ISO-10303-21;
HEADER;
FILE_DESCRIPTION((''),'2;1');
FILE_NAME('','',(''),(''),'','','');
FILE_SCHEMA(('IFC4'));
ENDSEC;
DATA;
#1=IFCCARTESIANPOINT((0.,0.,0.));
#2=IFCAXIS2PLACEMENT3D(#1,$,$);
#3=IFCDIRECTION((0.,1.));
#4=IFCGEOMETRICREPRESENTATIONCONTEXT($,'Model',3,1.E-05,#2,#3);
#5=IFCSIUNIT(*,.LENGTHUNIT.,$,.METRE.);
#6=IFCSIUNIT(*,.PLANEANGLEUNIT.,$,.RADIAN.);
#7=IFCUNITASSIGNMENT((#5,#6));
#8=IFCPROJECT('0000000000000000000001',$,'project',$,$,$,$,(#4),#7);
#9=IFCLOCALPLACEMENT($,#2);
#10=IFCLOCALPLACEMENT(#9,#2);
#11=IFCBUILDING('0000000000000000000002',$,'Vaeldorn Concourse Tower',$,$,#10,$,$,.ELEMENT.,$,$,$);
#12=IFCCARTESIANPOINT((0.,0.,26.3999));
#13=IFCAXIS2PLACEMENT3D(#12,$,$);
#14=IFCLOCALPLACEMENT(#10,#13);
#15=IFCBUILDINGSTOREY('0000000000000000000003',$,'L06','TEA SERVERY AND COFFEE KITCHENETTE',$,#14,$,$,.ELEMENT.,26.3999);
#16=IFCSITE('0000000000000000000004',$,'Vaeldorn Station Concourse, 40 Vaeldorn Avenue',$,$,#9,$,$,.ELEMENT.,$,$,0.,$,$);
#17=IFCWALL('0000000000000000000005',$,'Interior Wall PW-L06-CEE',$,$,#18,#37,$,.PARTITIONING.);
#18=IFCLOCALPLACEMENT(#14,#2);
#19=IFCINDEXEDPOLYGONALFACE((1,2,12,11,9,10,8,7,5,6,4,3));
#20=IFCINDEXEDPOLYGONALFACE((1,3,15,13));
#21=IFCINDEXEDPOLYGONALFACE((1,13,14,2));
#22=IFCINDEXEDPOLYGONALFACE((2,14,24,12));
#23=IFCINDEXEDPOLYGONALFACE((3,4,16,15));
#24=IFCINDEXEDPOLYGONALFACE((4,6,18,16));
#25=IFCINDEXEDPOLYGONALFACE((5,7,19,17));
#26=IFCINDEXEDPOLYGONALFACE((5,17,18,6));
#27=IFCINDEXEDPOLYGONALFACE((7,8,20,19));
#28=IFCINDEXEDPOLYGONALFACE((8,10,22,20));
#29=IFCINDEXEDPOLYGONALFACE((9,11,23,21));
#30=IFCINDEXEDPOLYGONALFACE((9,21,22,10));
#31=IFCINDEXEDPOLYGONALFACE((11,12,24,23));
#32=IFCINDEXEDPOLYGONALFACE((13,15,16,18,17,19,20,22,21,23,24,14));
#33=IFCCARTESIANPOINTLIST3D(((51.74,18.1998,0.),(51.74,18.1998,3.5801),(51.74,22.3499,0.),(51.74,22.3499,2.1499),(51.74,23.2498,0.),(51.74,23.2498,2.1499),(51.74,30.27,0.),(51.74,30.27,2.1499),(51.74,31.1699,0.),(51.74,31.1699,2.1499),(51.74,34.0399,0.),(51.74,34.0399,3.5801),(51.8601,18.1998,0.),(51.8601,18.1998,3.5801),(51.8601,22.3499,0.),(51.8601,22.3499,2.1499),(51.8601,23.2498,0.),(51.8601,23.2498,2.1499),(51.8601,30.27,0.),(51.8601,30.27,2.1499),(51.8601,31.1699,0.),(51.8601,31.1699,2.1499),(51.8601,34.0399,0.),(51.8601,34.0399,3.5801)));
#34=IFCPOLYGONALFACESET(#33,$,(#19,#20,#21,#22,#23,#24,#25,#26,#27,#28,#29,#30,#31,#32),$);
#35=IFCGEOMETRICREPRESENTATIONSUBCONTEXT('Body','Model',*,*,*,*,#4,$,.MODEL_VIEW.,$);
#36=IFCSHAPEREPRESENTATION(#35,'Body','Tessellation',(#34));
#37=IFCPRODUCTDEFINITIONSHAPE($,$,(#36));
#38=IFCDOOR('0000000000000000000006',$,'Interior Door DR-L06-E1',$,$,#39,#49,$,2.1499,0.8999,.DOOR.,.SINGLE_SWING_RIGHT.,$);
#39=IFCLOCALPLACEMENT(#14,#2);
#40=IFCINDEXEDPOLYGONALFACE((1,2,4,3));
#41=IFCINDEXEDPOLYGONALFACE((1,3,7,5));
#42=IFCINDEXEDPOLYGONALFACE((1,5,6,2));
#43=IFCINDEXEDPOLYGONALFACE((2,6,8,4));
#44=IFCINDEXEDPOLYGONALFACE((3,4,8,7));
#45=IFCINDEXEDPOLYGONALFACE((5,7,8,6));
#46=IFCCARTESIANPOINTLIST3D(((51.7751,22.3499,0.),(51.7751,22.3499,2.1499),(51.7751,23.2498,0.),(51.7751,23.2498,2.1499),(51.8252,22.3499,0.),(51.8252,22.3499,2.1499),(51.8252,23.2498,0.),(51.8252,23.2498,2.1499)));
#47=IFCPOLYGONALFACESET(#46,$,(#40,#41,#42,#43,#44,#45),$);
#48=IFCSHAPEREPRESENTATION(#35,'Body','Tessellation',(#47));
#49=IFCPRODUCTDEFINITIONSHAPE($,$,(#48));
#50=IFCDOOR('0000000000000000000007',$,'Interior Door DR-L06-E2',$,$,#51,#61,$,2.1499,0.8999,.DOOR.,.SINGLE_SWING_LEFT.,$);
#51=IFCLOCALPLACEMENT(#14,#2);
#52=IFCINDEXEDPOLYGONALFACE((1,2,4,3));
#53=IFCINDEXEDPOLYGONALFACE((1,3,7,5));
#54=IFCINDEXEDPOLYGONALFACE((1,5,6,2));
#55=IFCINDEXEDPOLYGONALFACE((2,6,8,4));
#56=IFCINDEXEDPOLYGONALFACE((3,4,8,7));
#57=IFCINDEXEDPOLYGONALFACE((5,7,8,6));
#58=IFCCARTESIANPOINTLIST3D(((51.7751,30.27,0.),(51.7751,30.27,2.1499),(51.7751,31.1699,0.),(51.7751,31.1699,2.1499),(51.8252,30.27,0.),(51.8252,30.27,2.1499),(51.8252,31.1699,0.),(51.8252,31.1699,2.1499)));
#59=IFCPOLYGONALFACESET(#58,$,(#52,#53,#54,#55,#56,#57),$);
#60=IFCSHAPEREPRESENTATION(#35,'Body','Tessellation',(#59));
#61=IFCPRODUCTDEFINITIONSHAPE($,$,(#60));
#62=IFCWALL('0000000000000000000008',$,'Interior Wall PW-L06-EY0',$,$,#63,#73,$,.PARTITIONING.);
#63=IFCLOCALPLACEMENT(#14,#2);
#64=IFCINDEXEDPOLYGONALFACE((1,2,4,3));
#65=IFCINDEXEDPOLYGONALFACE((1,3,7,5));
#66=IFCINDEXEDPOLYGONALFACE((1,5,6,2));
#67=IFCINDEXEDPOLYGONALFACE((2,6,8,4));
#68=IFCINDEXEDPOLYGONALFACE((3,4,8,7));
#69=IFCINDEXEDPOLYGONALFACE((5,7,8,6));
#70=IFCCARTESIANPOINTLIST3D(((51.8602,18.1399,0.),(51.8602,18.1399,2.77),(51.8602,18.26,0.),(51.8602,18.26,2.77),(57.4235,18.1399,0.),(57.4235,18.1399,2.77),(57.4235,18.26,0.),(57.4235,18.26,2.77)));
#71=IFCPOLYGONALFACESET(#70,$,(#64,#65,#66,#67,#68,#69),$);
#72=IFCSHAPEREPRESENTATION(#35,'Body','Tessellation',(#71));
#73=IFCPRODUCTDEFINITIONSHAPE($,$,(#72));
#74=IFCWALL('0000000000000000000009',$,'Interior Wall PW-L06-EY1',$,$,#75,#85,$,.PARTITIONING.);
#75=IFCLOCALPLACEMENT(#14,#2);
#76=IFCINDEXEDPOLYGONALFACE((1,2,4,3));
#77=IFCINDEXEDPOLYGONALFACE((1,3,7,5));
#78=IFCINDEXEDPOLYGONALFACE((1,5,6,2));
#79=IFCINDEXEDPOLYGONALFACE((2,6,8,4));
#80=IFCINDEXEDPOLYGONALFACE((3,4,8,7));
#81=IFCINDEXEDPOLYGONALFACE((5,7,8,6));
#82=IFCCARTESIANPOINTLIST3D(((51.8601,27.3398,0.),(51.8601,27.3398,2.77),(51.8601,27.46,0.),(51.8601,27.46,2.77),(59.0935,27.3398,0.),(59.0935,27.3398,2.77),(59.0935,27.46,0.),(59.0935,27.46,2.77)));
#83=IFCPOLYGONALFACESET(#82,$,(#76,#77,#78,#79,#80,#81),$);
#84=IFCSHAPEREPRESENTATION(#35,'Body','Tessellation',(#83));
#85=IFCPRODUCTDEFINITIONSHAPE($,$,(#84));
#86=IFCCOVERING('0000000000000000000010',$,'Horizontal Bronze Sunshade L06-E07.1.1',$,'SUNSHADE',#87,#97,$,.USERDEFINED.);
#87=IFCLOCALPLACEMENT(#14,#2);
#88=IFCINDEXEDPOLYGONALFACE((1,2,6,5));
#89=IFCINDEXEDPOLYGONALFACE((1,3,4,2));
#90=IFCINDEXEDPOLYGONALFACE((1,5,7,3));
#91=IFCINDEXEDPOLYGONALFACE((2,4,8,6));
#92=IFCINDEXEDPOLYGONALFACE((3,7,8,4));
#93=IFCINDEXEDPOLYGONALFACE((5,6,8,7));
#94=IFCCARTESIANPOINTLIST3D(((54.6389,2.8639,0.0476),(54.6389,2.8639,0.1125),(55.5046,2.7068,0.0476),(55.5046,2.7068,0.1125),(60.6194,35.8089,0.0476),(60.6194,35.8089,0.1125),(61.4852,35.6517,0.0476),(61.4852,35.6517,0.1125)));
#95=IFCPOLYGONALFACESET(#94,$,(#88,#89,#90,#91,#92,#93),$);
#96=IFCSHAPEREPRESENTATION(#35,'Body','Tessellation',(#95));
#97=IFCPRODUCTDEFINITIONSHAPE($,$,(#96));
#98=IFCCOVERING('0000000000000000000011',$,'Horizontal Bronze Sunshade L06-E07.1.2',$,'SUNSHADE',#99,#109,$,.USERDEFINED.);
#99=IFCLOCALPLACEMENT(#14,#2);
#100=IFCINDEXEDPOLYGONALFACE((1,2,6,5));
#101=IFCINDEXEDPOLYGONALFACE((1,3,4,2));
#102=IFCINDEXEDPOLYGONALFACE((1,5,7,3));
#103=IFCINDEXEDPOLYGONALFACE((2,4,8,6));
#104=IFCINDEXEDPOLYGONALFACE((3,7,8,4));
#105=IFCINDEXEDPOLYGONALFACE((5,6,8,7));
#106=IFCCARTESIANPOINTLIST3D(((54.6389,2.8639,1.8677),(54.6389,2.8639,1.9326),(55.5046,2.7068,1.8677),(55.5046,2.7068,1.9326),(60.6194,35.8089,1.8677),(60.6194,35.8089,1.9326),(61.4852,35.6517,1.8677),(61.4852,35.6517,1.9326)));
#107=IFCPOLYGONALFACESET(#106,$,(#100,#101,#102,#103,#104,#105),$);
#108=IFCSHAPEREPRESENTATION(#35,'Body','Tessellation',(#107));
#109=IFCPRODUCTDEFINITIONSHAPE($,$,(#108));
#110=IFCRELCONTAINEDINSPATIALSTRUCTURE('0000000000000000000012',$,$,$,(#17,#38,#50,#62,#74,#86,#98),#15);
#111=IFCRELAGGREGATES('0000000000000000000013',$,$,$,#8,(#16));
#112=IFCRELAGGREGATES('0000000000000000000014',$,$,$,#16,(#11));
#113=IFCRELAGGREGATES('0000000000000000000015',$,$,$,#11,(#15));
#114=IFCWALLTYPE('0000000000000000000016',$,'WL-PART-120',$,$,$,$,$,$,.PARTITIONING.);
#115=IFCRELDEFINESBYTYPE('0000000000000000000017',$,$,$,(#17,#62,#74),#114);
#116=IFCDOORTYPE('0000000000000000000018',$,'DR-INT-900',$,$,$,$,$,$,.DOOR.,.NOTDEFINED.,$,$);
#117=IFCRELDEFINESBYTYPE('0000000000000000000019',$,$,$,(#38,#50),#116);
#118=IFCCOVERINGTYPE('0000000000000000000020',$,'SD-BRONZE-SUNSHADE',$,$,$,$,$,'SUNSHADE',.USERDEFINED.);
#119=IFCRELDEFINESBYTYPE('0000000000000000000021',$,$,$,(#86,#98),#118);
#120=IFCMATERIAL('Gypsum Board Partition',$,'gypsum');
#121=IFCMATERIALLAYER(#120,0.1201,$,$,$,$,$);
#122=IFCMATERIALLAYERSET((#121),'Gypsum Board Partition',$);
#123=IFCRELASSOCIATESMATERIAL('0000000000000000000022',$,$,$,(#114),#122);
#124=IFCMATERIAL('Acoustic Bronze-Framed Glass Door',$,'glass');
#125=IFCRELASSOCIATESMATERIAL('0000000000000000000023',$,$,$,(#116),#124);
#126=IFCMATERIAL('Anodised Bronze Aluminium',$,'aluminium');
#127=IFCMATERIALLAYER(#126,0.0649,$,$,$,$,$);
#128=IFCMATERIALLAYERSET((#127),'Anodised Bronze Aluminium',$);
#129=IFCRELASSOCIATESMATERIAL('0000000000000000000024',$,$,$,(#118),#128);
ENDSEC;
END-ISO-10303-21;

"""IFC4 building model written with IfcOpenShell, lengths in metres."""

from ifc_helpers import new_model, si_unit, direction, frame, frame_2d, origin, origin_2d, place, context, subcontext, project, spatial, rectangle, extrude, source, transform, mapped, material, layer, layer_set, type_object, element, fill, save


model = new_model("IFC4")

# Units and contexts
model_context = context("Model", 3, precision=1e-05, world=origin(), true_north=direction((0.0, 1.0)))
body_context = subcontext(model_context, "Body", "Model", "MODEL_VIEW")
ifc_project = project(units=[si_unit("LENGTHUNIT", "METRE"), si_unit("PLANEANGLEUNIT", "RADIAN")], contexts=[model_context])

# Site, building, storey
site_placement = place(None, origin())
site = spatial("IfcSite", under=ifc_project, at=site_placement, Name="Vaeldorn Station Concourse, 40 Vaeldorn Avenue", CompositionType="ELEMENT", RefElevation=0.0)
building_placement = place(site_placement, origin())
building = spatial("IfcBuilding", under=site, at=building_placement, Name="Vaeldorn Concourse Tower", CompositionType="ELEMENT")
storey_placement = place(building_placement, frame((0.0, 0.0, 26.3999)))
storey = spatial("IfcBuildingStorey", under=building, at=storey_placement, Name="L06", Description="TEA SERVERY AND COFFEE KITCHENETTE", CompositionType="ELEMENT", Elevation=26.3999)

# Shared definitions
ifc_material_1 = material(Name="Anodised Bronze Aluminium", Category="aluminium")

# Shared definitions
ifc_material_2 = material(Name="Gypsum Board Partition", Category="gypsum")
ifc_layer_1 = layer(ifc_material_2, 0.1201)
ifc_layer_set_1 = layer_set([ifc_layer_1], Name="Gypsum Board Partition")
wall_type = type_object("IfcWallType", Name="WL-PART-120", PredefinedType="PARTITIONING", material=ifc_layer_set_1)

# Shared definitions
ifc_material_3 = material(Name="Acoustic Bronze-Framed Glass Door", Category="glass")
door_type = type_object("IfcDoorType", Name="DR-INT-900", OperationType="NOTDEFINED", PredefinedType="DOOR", material=ifc_material_3)
shared_shape_1 = source(origin(), body_context, "Body", "SweptSolid", [
    extrude(rectangle(XDim=0.8999, YDim=2.1499, at=frame_2d((0.45, 1.075))), frame((0.0, 0.0249, 0.0), z_axis=(0.0, -1.0, 0.0), x_axis=(1.0, 0.0, 0.0)), (0.0, 0.0, 1.0), 0.05),
])

# Wall, openings, doors
wall_1_placement = place(storey_placement, frame((51.8, 18.2, 0.0), z_axis=(0.0, 0.0, 1.0), x_axis=(0.0, 1.0, 0.0)))
wall_1 = element("IfcWall", 1, at=wall_1_placement, inside=storey, type_object=wall_type, Name="Interior Wall PW-L06-CEE", PredefinedType="PARTITIONING", context=body_context, shape_type="SweptSolid", body=[
    extrude(rectangle(XDim=15.8401, YDim=0.1201, at=frame_2d((7.9199, 0.0))), origin(), (0.0, 0.0, 1.0), 3.5801),
])
opening_1_placement = place(wall_1_placement, frame((4.1499, 0.0, 0.0)))
opening_1 = element("IfcOpeningElement", 2, at=opening_1_placement, cuts=wall_1, PredefinedType="OPENING", context=body_context, shape_type="SweptSolid", body=[
    extrude(rectangle(XDim=0.8999, YDim=2.1499, at=frame_2d((0.45, 1.075))), frame((0.0, 0.0701, 0.0), z_axis=(0.0, -1.0, 0.0), x_axis=(1.0, 0.0, 0.0)), (0.0, 0.0, 1.0), 0.1401),
])
opening_2_placement = place(wall_1_placement, frame((12.0701, 0.0, 0.0)))
opening_2 = element("IfcOpeningElement", 3, at=opening_2_placement, cuts=wall_1, PredefinedType="OPENING", context=body_context, shape_type="SweptSolid", body=[
    extrude(rectangle(XDim=0.8999, YDim=2.1499, at=frame_2d((0.45, 1.075))), frame((0.0, 0.0701, 0.0), z_axis=(0.0, -1.0, 0.0), x_axis=(1.0, 0.0, 0.0)), (0.0, 0.0, 1.0), 0.1401),
])
door_1_placement = place(opening_1_placement, origin())
door_1 = element("IfcDoor", 4, at=door_1_placement, inside=storey, type_object=door_type, Name="Interior Door DR-L06-E1", OperationType="SINGLE_SWING_RIGHT", OverallHeight=2.1499, OverallWidth=0.8999, PredefinedType="DOOR", context=body_context, shape_type="MappedRepresentation", body=[
    mapped(shared_shape_1, transform((0.0, 0.0, 0.0), scale=1.0)),
])
fill(opening_1, door_1)
door_2_placement = place(opening_2_placement, origin())
door_2 = element("IfcDoor", 5, at=door_2_placement, inside=storey, type_object=door_type, Name="Interior Door DR-L06-E2", OperationType="SINGLE_SWING_LEFT", OverallHeight=2.1499, OverallWidth=0.8999, PredefinedType="DOOR", context=body_context, shape_type="MappedRepresentation", body=[
    mapped(shared_shape_1, transform((0.0, 0.0, 0.0), scale=1.0)),
])
fill(opening_2, door_2)

# Walls
wall_2_placement = place(storey_placement, frame((51.8601, 18.2, 0.0), z_axis=(0.0, 0.0, 1.0), x_axis=(1.0, 0.0, 0.0)))
element("IfcWall", 6, at=wall_2_placement, inside=storey, type_object=wall_type, Name="Interior Wall PW-L06-EY0", PredefinedType="PARTITIONING", context=body_context, shape_type="SweptSolid", body=[
    extrude(rectangle(XDim=5.5632, YDim=0.1201, at=frame_2d((2.7817, 0.0))), origin(), (0.0, 0.0, 1.0), 2.77),
])
wall_3_placement = place(storey_placement, frame((51.8601, 27.3999, 0.0), z_axis=(0.0, 0.0, 1.0), x_axis=(1.0, 0.0, 0.0)))
element("IfcWall", 7, at=wall_3_placement, inside=storey, type_object=wall_type, Name="Interior Wall PW-L06-EY1", PredefinedType="PARTITIONING", context=body_context, shape_type="SweptSolid", body=[
    extrude(rectangle(XDim=7.2334, YDim=0.1201, at=frame_2d((3.6167, 0.0))), origin(), (0.0, 0.0, 1.0), 2.77),
])

# Coverings
ifc_layer_2 = layer(ifc_material_1, 0.0649)
ifc_layer_set_2 = layer_set([ifc_layer_2], Name="Anodised Bronze Aluminium")
covering_type = type_object("IfcCoveringType", Name="SD-BRONZE-SUNSHADE", ElementType="SUNSHADE", PredefinedType="USERDEFINED", material=ifc_layer_set_2)
shared_shape_2 = source(origin(), body_context, "Body", "SweptSolid", [
    extrude(rectangle(XDim=33.4834, YDim=0.8799, at=origin_2d()), origin(), (0.0, 0.0, 1.0), 0.0649),
])
for number, where, z_axis, x_axis, name in (
    (8, (58.062, 19.2578, 0.0476), (0.0, 0.0, 1.0), (0.178613, 0.983919, 0.0), "Horizontal Bronze Sunshade L06-E07.1.1"),
    (9, (58.062, 19.2578, 1.8677), (0.0, 0.0, 1.0), (0.178613, 0.983919, 0.0), "Horizontal Bronze Sunshade L06-E07.1.2"),
):
    element("IfcCovering", number, at=place(storey_placement, frame(where, z_axis=z_axis, x_axis=x_axis)), inside=storey, type_object=covering_type, Name=name, ObjectType="SUNSHADE", PredefinedType="USERDEFINED", context=body_context, shape_type="MappedRepresentation", body=[
        mapped(shared_shape_2, transform((0.0, 0.0, 0.0), scale=1.0)),
    ])

save(model, "model.ifc")
